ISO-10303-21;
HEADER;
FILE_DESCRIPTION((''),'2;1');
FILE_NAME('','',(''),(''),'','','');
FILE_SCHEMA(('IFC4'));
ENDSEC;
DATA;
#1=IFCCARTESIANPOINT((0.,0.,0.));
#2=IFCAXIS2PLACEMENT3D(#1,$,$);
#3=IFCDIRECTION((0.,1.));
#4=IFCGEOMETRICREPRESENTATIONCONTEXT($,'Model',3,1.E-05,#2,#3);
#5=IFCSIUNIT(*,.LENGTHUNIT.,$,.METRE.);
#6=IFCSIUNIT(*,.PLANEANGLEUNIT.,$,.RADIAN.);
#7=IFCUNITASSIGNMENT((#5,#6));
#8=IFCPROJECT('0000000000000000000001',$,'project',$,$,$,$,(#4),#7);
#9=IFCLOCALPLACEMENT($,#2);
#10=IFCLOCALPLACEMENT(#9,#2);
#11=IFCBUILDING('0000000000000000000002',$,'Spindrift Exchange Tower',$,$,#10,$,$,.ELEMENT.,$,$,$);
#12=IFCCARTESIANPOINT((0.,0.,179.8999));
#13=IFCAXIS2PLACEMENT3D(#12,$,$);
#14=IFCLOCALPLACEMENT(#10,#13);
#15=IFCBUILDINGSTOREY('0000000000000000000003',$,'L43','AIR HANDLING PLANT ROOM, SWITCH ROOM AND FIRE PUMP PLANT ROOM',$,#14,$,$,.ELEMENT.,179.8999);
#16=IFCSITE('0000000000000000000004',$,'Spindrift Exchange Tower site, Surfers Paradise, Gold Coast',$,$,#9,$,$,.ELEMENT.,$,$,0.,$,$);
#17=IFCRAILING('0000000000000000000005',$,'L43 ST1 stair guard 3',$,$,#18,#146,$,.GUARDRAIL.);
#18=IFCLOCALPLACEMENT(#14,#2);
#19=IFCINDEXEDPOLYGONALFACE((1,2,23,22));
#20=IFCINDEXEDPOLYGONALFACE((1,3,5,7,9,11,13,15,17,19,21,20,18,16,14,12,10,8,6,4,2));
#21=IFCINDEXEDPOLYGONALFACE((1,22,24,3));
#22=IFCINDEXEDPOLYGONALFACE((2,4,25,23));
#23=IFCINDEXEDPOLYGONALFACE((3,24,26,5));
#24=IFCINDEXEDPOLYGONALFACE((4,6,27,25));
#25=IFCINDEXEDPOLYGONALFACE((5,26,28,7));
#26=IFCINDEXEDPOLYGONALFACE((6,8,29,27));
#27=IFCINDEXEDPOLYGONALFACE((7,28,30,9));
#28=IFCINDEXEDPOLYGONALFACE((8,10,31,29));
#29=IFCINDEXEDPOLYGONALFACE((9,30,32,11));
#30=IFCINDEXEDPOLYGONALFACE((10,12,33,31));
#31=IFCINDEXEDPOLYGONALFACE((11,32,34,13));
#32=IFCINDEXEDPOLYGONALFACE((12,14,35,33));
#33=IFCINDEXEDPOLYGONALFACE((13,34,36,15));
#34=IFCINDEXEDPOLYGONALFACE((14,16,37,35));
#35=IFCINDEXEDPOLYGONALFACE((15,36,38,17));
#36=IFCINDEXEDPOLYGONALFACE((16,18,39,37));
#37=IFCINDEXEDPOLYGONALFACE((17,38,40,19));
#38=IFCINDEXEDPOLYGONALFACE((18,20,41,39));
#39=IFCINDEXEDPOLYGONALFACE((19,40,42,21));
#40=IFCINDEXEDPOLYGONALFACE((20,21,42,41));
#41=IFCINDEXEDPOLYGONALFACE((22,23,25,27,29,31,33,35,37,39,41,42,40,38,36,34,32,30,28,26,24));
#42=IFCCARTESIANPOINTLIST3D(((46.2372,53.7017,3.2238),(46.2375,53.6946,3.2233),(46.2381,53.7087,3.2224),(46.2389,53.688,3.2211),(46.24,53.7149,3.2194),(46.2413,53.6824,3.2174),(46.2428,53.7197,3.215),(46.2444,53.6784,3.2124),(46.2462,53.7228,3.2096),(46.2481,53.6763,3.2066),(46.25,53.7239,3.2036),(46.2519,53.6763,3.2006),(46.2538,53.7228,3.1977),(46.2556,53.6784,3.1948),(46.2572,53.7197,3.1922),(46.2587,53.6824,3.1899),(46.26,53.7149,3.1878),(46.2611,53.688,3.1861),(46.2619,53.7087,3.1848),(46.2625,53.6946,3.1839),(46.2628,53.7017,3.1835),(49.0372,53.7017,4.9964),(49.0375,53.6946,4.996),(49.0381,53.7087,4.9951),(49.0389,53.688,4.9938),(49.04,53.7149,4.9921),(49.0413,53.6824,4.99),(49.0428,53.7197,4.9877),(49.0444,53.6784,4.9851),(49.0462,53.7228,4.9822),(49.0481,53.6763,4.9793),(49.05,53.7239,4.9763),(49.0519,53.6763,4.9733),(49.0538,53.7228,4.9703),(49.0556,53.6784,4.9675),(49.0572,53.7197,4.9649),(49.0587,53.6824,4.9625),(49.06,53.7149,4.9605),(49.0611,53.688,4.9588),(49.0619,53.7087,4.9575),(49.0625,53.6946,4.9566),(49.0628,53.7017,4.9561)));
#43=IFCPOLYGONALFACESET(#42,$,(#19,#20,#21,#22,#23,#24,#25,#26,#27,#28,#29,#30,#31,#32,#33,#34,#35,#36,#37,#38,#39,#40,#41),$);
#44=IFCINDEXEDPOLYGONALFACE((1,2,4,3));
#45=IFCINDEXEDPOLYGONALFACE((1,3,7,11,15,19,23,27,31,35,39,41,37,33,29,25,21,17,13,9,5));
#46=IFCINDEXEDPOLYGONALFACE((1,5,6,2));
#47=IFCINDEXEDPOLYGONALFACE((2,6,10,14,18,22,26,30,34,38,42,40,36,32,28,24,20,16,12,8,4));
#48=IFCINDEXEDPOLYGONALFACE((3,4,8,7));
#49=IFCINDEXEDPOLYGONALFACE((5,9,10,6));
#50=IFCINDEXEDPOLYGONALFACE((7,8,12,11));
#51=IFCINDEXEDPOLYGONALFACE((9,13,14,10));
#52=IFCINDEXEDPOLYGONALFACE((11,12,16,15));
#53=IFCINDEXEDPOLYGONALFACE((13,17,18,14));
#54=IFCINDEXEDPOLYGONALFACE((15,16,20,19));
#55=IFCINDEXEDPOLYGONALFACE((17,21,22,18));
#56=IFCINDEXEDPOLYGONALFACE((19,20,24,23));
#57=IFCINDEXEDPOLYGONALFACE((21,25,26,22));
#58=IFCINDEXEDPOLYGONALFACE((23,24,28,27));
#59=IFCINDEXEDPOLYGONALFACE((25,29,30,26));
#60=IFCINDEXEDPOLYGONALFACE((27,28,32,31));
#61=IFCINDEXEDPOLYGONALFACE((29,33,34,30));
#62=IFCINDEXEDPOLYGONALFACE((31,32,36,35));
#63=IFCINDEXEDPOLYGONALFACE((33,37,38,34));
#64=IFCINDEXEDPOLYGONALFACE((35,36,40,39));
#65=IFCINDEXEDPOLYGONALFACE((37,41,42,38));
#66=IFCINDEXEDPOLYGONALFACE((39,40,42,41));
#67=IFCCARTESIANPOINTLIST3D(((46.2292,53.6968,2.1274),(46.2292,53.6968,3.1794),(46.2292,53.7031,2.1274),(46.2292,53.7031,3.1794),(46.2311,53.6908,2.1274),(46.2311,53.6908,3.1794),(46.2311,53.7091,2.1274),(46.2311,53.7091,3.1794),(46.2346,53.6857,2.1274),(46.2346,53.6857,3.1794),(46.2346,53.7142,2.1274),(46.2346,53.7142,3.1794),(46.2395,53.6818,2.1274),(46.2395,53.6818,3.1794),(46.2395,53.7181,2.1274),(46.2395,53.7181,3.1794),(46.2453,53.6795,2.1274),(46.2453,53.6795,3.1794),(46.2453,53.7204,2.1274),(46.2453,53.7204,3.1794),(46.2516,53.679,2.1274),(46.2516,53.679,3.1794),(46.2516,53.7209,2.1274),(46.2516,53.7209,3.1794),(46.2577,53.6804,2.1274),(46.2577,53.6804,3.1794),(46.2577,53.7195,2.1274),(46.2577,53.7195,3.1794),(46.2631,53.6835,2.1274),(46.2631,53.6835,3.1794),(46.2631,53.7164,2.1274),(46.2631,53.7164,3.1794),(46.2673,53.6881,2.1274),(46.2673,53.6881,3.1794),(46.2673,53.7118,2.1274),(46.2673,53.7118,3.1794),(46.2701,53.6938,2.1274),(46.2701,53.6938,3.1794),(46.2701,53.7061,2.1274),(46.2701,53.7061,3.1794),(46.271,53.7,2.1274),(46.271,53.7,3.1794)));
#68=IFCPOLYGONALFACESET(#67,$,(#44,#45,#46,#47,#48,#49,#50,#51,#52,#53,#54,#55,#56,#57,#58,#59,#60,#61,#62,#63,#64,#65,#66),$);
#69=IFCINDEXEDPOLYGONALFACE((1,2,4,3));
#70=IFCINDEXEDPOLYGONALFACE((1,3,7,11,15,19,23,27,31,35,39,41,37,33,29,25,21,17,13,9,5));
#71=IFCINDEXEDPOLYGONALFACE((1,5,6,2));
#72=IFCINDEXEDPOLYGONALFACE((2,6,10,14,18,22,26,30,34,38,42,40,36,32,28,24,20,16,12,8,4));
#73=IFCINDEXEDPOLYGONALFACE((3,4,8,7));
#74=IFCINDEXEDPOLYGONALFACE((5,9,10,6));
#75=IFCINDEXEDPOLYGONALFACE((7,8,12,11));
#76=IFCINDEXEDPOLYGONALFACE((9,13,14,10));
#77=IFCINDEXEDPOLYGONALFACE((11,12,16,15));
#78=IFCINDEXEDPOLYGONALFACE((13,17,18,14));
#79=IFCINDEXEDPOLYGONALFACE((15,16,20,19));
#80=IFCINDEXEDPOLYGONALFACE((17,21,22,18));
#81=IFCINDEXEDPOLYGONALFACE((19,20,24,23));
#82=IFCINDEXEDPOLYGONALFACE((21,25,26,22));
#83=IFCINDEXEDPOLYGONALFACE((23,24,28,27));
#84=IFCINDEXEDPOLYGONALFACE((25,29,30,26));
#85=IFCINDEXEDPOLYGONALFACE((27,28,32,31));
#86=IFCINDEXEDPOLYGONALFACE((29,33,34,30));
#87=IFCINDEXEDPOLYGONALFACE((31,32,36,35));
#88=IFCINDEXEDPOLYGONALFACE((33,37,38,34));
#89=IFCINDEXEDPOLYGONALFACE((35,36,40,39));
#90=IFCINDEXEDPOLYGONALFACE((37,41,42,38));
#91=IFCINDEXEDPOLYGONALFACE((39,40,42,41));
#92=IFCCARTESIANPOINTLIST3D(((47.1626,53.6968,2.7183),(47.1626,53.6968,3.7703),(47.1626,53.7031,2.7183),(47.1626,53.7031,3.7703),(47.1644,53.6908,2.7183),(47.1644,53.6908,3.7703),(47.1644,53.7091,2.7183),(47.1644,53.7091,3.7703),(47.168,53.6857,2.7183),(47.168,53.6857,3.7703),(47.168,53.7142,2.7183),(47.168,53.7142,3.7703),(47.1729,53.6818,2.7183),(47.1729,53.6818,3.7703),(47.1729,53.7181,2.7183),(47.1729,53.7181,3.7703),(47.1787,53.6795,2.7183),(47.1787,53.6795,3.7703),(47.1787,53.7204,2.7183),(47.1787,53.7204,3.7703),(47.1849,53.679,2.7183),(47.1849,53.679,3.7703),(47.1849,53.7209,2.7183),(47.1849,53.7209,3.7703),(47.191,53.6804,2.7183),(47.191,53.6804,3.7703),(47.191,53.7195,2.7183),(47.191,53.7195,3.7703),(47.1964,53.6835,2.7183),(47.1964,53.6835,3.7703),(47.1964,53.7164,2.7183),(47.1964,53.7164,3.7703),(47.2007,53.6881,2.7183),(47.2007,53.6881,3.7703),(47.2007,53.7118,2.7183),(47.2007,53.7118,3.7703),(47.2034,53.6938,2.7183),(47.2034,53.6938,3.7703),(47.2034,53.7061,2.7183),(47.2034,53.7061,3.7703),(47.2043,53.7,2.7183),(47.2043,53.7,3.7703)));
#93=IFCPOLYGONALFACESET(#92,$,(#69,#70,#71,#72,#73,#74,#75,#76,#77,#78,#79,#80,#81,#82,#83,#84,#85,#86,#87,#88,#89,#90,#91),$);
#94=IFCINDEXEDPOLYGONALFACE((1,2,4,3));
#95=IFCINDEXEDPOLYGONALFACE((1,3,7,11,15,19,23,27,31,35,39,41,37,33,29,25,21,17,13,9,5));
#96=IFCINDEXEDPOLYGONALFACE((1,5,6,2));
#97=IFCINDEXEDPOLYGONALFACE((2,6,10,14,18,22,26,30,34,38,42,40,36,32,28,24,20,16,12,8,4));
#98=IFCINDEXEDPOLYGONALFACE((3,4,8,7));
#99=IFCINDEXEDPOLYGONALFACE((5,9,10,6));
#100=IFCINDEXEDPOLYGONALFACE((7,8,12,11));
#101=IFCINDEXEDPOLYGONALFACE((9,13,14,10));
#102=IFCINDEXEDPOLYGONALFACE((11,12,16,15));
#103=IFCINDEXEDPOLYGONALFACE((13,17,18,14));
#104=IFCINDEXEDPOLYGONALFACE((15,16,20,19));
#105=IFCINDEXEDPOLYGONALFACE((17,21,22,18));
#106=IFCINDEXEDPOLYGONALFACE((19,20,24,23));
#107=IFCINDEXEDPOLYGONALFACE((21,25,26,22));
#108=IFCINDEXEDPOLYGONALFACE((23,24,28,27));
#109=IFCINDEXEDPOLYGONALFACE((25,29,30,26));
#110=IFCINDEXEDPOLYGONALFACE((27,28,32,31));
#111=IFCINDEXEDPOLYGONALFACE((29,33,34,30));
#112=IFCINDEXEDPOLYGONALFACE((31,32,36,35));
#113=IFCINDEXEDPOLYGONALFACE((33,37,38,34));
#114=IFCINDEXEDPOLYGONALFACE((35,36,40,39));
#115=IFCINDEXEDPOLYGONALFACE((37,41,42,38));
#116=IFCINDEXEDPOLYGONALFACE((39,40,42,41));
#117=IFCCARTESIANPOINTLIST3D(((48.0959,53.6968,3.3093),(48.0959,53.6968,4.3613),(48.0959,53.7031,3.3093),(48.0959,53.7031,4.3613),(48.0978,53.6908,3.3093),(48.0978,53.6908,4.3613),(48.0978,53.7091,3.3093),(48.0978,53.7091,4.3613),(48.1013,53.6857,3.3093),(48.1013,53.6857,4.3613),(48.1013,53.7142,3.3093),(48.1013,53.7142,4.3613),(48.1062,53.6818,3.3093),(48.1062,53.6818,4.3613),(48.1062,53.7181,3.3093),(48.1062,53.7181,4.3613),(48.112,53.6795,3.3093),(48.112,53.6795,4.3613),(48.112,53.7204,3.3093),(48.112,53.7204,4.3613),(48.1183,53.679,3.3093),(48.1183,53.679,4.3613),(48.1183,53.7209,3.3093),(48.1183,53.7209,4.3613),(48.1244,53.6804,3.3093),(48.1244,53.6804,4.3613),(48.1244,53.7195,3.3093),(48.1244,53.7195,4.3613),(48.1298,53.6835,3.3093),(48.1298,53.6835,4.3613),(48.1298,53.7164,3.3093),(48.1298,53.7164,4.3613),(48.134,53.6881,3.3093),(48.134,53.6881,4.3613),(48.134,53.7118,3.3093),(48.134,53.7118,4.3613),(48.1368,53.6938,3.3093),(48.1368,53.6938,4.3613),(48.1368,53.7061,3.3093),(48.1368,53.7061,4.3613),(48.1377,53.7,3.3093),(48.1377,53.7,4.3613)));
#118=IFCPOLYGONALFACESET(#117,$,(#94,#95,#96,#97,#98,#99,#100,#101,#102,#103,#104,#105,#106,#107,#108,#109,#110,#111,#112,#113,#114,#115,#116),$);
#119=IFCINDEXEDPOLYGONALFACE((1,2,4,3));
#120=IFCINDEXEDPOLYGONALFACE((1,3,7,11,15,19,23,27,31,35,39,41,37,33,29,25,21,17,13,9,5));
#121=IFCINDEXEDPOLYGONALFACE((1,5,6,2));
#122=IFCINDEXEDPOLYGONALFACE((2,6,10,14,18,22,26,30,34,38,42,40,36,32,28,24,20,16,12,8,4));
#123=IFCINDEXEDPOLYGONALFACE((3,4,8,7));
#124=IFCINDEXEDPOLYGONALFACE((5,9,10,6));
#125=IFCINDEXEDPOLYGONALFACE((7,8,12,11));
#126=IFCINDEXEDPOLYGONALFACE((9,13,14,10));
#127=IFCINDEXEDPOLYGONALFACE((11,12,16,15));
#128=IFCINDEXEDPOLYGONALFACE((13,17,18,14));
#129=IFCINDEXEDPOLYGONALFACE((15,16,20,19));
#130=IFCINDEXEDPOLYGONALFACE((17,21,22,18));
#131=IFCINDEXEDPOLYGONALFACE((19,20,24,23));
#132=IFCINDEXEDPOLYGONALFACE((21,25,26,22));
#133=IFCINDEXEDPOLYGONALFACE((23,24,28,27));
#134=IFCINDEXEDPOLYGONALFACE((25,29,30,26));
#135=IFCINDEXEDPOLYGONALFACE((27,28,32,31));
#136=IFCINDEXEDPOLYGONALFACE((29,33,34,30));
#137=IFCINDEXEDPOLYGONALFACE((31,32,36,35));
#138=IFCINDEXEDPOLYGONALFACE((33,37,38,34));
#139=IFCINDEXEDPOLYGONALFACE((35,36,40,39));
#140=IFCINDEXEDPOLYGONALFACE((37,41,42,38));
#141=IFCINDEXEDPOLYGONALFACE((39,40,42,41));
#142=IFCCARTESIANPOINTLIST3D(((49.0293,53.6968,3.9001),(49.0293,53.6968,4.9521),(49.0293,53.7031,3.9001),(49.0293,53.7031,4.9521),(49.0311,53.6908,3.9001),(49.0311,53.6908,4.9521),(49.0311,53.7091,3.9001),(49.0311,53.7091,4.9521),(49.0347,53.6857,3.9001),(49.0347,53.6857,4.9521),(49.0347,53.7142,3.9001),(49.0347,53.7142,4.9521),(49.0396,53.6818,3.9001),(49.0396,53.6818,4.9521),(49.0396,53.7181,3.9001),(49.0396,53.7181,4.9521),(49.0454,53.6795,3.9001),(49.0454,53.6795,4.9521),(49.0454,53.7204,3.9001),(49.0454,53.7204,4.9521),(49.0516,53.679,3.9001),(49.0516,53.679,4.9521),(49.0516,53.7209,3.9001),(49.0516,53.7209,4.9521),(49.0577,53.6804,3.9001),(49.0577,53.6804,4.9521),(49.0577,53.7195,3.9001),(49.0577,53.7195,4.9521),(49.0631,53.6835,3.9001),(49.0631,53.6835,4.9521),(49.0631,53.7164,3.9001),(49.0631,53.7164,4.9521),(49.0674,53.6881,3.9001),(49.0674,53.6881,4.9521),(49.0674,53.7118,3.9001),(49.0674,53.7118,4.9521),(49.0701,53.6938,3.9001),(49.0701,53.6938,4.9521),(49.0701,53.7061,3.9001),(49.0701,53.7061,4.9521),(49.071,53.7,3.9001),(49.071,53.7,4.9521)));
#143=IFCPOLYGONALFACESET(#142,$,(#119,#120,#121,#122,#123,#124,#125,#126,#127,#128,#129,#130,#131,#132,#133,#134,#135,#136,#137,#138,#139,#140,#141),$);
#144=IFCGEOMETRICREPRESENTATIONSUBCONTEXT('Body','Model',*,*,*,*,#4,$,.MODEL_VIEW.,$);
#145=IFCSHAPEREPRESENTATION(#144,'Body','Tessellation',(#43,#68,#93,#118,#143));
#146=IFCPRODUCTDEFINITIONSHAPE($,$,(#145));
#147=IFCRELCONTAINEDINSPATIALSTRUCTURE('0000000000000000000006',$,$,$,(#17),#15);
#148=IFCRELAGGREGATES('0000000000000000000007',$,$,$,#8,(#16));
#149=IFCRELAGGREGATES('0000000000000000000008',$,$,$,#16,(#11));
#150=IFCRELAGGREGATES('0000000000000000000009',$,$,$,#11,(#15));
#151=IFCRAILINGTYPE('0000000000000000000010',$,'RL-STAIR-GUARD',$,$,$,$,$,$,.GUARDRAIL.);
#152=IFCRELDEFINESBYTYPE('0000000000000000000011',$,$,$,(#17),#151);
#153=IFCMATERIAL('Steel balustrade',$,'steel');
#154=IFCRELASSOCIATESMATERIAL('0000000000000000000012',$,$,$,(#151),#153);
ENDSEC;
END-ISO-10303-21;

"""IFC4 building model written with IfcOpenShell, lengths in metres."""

from ifc_helpers import new_model, si_unit, direction, frame, origin, origin_2d, place, context, subcontext, project, spatial, circle, extrude, material, type_object, element, save


model = new_model("IFC4")

# Units and contexts
model_context = context("Model", 3, precision=1e-05, world=origin(), true_north=direction((0.0, 1.0)))
body_context = subcontext(model_context, "Body", "Model", "MODEL_VIEW")
ifc_project = project(units=[si_unit("LENGTHUNIT", "METRE"), si_unit("PLANEANGLEUNIT", "RADIAN")], contexts=[model_context])

# Site, building, storey
site_placement = place(None, origin())
site = spatial("IfcSite", under=ifc_project, at=site_placement, Name="Spindrift Exchange Tower site, Surfers Paradise, Gold Coast", CompositionType="ELEMENT", RefElevation=0.0)
building_placement = place(site_placement, origin())
building = spatial("IfcBuilding", under=site, at=building_placement, Name="Spindrift Exchange Tower", CompositionType="ELEMENT")
storey_placement = place(building_placement, frame((0.0, 0.0, 179.8999)))
storey = spatial("IfcBuildingStorey", under=building, at=storey_placement, Name="L43", Description="AIR HANDLING PLANT ROOM, SWITCH ROOM AND FIRE PUMP PLANT ROOM", CompositionType="ELEMENT", Elevation=179.8999)

# Railing
ifc_material_1 = material(Name="Steel balustrade", Category="steel")
railing_type_1 = type_object("IfcRailingType", Name="RL-STAIR-GUARD", PredefinedType="GUARDRAIL", material=ifc_material_1)
railing_1_placement = place(storey_placement, frame((46.25, 53.7, 2.1274)))
element("IfcRailing", 1, at=railing_1_placement, inside=storey, type_object=railing_type_1, Name="L43 ST1 stair guard 3", PredefinedType="GUARDRAIL", context=body_context, shape_type="SweptSolid", body=[
    extrude(circle(Radius=0.0239, at=origin_2d()), frame((0.0, 0.0, 1.0762), z_axis=(0.844909, 0.0, 0.53491), x_axis=(0.0, 1.0, 0.0)), (0.0, 0.0, 1.0), 3.314),
    extrude(circle(Radius=0.021, at=origin_2d()), origin(), (0.0, 0.0, 1.0), 1.052),
    extrude(circle(Radius=0.021, at=origin_2d()), frame((0.9333, 0.0, 0.5908)), (0.0, 0.0, 1.0), 1.052),
    extrude(circle(Radius=0.021, at=origin_2d()), frame((1.8667, 0.0, 1.1819)), (0.0, 0.0, 1.0), 1.052),
    extrude(circle(Radius=0.021, at=origin_2d()), frame((2.8, 0.0, 1.7727)), (0.0, 0.0, 1.0), 1.052),
])

save(model, "model.ifc")
